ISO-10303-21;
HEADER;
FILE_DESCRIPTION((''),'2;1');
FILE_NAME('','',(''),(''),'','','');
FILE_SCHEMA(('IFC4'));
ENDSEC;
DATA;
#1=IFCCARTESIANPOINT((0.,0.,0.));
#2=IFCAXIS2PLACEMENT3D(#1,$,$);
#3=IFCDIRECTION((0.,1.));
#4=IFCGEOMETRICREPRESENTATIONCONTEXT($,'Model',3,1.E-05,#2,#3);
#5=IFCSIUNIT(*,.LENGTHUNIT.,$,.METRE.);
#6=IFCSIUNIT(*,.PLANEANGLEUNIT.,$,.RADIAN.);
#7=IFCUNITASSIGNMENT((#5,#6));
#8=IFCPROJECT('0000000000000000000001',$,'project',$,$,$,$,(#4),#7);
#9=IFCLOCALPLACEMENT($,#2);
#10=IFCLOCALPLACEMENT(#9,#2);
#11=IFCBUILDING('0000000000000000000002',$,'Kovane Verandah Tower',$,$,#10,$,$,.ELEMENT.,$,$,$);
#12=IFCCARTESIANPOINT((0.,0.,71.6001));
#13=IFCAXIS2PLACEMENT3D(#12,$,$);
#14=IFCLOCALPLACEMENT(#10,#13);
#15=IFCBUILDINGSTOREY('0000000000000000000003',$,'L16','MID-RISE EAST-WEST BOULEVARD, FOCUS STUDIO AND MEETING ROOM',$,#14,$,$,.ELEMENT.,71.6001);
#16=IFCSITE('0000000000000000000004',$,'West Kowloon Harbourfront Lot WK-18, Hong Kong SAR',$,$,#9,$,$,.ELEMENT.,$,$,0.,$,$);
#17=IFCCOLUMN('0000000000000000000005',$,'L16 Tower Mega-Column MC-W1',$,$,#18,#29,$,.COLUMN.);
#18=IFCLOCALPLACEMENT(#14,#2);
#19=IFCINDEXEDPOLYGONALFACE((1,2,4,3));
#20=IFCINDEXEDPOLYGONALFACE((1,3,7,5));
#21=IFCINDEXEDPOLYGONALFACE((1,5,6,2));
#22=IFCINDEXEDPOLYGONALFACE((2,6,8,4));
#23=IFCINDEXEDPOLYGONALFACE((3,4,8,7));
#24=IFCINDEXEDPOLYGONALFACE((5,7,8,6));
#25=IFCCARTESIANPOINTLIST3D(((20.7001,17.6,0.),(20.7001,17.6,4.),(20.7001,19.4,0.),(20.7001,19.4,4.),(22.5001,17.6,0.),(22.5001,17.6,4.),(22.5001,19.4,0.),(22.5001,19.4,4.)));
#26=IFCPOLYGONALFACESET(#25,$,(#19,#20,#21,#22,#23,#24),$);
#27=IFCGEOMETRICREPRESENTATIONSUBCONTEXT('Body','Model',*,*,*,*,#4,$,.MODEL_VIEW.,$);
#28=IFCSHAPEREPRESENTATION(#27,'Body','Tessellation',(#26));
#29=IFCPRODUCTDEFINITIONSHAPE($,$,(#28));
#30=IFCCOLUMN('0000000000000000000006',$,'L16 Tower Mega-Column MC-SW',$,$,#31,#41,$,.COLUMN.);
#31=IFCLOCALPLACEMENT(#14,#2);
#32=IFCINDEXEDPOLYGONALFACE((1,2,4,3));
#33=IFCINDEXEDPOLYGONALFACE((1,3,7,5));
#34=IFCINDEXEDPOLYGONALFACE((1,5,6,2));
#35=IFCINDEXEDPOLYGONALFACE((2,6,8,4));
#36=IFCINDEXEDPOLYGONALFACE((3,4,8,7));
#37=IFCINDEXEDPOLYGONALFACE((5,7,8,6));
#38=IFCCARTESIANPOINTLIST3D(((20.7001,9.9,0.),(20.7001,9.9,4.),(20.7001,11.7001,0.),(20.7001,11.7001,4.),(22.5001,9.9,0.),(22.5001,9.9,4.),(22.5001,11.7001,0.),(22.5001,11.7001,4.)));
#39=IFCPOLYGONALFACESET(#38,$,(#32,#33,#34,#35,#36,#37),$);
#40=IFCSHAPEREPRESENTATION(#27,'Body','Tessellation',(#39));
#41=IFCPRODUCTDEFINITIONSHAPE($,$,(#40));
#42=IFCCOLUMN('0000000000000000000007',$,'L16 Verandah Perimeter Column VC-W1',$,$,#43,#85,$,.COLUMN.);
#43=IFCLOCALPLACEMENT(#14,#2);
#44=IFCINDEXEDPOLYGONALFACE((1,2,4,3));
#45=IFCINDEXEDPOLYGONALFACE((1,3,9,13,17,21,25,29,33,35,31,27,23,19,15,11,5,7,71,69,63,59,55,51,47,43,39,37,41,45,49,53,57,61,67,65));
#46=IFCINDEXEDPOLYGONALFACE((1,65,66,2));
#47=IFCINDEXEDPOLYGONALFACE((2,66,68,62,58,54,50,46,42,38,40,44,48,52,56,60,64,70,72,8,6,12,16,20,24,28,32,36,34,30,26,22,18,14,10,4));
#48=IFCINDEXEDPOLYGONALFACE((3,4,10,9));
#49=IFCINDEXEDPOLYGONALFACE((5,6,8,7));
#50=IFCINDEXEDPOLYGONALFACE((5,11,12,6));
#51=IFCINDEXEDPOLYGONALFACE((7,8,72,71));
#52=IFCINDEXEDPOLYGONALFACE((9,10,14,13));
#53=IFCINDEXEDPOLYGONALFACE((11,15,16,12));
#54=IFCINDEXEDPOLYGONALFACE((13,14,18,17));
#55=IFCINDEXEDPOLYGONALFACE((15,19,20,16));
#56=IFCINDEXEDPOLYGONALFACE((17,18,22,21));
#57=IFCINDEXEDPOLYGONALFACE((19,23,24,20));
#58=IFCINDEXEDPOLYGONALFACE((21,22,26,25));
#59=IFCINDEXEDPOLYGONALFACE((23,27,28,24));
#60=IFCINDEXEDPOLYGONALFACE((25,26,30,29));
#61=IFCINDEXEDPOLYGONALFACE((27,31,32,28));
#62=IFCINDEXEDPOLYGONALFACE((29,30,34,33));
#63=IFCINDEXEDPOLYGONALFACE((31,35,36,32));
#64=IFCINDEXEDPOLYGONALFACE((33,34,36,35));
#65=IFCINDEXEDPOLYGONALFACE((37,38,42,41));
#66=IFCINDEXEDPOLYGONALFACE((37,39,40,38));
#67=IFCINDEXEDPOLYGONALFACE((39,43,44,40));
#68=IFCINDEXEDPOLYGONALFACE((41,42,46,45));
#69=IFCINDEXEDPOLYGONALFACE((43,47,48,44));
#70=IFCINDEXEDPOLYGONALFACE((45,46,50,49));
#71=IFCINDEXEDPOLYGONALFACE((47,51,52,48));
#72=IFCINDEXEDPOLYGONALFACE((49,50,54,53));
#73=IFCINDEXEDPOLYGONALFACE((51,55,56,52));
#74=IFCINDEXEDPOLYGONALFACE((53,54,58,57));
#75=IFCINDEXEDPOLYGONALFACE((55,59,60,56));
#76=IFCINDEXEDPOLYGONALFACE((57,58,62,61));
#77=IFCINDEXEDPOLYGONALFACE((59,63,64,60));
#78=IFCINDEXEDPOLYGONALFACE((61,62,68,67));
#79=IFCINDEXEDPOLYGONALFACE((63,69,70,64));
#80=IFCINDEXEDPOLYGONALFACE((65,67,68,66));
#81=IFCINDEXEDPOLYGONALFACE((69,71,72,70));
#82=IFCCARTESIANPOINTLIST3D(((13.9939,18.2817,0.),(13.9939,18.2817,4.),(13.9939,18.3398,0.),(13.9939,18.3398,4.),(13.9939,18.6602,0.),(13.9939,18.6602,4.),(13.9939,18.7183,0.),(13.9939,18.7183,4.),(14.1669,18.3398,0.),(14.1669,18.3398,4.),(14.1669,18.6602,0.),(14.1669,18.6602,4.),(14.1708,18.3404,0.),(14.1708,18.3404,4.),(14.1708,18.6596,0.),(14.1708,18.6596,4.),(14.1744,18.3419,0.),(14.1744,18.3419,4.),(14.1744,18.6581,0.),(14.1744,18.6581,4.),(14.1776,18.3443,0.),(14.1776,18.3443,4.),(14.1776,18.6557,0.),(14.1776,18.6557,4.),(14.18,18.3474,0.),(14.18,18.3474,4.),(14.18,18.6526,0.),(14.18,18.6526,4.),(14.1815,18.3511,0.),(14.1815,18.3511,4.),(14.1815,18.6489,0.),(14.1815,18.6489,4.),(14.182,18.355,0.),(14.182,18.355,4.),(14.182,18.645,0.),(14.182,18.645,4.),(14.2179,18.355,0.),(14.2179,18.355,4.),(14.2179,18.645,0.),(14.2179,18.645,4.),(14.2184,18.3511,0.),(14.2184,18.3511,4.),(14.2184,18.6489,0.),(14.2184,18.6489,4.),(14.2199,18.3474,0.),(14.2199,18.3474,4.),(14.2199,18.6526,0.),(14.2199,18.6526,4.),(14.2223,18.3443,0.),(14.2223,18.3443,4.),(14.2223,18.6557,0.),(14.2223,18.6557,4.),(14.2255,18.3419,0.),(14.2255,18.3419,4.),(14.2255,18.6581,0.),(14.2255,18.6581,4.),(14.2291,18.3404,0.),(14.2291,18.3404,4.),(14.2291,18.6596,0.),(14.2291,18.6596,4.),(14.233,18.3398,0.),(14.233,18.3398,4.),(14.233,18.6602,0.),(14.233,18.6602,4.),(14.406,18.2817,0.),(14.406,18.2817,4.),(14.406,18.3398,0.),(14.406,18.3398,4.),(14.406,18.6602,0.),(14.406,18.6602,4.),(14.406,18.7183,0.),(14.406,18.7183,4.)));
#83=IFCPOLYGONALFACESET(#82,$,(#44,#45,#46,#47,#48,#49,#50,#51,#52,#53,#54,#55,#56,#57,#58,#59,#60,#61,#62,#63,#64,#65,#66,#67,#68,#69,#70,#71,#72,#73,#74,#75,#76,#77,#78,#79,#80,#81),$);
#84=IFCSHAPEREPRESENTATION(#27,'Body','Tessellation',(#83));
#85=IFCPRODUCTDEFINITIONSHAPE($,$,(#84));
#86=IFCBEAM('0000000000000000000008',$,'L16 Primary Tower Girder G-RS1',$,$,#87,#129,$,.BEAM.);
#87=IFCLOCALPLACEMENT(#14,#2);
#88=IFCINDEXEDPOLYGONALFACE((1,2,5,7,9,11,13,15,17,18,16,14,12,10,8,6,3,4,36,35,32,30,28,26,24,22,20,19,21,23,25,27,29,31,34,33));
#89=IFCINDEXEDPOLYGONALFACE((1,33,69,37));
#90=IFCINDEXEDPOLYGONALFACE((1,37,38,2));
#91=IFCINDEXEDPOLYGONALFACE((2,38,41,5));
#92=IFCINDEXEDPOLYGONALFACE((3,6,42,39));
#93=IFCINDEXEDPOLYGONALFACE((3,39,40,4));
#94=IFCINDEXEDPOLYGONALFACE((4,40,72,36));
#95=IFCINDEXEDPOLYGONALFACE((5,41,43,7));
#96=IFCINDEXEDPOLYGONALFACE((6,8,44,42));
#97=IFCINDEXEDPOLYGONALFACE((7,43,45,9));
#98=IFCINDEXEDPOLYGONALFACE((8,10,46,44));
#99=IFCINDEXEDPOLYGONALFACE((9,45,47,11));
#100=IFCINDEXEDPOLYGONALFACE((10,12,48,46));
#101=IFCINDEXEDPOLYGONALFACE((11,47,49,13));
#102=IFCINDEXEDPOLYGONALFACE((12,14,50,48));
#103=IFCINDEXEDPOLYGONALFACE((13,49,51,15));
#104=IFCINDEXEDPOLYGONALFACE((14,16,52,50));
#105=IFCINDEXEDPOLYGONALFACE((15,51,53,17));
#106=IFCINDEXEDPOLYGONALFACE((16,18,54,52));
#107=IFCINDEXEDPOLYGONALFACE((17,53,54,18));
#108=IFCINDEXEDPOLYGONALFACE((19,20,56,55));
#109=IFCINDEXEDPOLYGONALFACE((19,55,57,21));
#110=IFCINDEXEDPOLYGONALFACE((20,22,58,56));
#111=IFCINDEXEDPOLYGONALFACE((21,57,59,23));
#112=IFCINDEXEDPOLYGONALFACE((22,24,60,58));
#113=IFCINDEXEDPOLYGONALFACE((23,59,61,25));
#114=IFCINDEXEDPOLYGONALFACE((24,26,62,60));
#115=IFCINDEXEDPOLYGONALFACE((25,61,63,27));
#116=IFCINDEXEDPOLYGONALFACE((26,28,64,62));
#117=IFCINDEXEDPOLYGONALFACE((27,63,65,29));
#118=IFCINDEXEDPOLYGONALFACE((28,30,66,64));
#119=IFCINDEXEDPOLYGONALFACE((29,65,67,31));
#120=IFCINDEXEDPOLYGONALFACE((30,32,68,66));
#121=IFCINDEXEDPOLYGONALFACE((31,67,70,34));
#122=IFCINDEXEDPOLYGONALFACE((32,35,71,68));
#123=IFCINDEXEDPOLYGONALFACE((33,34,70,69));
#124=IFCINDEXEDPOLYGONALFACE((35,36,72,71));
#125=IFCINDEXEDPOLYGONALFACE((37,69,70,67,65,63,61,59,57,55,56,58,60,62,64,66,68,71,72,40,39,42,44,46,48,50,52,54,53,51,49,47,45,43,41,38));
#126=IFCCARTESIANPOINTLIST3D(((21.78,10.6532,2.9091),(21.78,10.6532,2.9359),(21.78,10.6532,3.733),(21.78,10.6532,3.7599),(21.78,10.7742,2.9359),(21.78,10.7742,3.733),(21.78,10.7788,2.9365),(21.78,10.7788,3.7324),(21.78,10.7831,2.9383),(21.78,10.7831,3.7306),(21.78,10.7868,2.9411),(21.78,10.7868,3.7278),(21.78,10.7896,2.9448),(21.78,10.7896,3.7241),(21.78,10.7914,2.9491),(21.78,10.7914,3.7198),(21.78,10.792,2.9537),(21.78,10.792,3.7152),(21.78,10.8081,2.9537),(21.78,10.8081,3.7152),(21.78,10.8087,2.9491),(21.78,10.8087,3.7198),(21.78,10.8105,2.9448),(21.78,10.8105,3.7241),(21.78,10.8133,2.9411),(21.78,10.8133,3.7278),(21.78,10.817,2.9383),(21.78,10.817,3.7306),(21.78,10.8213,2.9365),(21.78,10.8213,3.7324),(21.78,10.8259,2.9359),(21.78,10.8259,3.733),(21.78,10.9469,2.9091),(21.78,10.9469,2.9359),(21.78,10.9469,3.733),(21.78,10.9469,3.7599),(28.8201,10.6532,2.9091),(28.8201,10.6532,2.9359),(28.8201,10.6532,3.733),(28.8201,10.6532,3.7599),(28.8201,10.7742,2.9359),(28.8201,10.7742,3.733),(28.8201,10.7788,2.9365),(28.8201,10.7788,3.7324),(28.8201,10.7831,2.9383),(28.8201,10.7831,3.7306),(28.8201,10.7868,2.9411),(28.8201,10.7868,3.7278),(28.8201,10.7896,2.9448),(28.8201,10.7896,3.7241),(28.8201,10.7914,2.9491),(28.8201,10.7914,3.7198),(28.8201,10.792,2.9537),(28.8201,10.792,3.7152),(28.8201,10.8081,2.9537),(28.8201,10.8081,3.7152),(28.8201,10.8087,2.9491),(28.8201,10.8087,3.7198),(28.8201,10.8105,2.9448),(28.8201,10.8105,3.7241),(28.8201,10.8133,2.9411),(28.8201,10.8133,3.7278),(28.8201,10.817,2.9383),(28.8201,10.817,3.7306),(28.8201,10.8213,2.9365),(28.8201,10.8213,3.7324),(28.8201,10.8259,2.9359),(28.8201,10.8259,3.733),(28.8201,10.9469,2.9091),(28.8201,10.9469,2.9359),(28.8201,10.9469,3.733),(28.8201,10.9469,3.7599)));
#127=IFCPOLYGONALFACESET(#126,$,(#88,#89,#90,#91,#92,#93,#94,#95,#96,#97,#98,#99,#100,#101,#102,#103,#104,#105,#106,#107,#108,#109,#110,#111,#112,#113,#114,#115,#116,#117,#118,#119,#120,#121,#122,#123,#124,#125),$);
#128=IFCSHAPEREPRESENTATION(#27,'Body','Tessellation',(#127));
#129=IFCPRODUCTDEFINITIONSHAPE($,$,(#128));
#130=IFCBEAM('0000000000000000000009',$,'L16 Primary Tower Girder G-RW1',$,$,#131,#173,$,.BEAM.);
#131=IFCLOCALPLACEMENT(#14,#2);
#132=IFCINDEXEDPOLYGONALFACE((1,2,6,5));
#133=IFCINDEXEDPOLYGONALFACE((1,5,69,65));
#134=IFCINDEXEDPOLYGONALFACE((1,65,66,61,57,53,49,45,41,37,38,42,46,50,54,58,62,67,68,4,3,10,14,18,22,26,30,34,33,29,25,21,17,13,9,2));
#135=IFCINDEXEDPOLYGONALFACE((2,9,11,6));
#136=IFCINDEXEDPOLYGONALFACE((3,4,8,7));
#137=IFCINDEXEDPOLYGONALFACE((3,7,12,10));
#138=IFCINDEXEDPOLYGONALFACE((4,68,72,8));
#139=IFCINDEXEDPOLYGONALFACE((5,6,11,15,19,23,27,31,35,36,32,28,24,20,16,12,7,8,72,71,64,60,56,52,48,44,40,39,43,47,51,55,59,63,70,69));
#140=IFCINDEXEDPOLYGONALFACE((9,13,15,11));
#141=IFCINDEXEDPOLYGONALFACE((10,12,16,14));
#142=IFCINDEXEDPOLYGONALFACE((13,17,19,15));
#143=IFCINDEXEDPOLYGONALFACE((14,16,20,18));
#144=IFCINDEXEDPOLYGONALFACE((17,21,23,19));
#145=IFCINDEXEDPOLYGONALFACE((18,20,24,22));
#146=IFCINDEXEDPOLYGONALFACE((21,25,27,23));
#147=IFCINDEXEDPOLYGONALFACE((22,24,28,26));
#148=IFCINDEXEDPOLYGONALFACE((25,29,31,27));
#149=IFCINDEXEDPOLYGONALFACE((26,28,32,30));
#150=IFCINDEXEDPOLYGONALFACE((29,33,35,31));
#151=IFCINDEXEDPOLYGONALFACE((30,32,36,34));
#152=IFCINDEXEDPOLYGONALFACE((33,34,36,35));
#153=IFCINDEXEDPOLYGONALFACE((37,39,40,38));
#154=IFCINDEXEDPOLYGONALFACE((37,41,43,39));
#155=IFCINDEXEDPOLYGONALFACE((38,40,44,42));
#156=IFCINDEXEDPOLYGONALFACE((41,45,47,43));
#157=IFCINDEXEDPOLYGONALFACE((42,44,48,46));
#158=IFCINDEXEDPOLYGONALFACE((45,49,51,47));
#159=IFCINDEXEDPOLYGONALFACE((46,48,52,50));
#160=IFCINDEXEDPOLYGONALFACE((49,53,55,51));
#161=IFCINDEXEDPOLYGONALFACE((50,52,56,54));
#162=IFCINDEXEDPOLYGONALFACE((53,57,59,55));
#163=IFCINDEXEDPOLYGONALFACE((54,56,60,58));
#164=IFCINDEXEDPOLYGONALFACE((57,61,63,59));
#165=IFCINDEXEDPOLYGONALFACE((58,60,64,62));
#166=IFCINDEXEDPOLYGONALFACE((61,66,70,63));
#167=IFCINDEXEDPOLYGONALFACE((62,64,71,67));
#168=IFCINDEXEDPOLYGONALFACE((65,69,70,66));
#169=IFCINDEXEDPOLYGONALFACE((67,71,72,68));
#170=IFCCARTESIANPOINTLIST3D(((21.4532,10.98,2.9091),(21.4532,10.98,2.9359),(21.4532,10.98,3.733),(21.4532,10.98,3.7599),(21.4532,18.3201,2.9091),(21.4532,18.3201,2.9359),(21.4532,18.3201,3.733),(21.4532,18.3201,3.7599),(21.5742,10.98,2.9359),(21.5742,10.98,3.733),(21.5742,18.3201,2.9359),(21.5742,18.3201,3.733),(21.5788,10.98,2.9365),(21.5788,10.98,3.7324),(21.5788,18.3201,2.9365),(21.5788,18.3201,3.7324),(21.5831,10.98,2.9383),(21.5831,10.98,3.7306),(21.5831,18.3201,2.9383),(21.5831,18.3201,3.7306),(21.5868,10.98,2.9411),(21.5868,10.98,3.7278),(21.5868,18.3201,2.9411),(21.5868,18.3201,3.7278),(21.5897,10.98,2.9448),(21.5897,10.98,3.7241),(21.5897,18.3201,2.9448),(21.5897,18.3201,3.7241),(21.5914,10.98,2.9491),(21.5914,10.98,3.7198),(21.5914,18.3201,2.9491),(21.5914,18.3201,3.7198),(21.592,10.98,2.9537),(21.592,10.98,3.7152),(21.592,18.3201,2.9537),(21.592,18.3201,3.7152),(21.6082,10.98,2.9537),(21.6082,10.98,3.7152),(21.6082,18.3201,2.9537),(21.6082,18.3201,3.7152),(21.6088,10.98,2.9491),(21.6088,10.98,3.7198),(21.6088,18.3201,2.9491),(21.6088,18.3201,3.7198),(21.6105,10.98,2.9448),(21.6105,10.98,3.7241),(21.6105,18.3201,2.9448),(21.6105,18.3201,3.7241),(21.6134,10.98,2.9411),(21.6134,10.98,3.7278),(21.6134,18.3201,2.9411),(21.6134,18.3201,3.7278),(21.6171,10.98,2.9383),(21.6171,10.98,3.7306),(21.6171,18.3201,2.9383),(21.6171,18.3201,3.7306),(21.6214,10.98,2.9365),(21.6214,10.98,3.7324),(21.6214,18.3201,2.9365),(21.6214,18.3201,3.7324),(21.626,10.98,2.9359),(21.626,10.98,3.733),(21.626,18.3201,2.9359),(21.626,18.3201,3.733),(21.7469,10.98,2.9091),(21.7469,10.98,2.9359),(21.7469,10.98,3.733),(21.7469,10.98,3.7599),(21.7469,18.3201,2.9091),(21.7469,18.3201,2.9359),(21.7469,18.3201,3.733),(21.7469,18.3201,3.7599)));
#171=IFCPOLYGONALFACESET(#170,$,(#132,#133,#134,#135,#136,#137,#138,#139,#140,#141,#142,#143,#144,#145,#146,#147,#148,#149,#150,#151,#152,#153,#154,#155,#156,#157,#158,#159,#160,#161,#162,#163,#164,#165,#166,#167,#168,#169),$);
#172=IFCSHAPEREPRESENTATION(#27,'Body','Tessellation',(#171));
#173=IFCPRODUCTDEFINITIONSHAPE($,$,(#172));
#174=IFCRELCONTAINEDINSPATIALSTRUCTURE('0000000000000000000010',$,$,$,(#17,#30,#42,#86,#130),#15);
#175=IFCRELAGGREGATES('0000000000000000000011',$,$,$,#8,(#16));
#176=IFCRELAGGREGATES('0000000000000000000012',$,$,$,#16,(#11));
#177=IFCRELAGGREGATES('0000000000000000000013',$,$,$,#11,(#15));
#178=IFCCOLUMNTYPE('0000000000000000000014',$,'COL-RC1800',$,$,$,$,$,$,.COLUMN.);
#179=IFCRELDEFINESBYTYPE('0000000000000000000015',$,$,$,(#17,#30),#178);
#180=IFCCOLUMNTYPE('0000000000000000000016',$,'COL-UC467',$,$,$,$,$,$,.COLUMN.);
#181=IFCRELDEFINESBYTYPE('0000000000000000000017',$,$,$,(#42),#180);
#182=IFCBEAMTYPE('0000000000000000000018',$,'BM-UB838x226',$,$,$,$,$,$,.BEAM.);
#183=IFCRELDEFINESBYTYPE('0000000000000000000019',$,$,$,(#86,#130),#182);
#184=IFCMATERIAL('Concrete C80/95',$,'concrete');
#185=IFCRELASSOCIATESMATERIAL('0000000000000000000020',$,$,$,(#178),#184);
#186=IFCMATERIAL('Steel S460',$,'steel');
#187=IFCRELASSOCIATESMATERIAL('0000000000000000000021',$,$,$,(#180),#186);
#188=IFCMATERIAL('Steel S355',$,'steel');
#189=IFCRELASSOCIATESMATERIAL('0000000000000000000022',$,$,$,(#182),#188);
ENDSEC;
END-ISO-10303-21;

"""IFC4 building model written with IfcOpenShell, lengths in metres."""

from ifc_helpers import new_model, si_unit, direction, frame, origin, origin_2d, place, context, subcontext, project, spatial, rectangle, i_section, extrude, material, material_profile, profile_set, type_object, element, save


model = new_model("IFC4")

# Units and contexts
model_context = context("Model", 3, precision=1e-05, world=origin(), true_north=direction((0.0, 1.0)))
body_context = subcontext(model_context, "Body", "Model", "MODEL_VIEW")
ifc_project = project(units=[si_unit("LENGTHUNIT", "METRE"), si_unit("PLANEANGLEUNIT", "RADIAN")], contexts=[model_context])

# Site, building, storey
site_placement = place(None, origin())
site = spatial("IfcSite", under=ifc_project, at=site_placement, Name="West Kowloon Harbourfront Lot WK-18, Hong Kong SAR", CompositionType="ELEMENT", RefElevation=0.0)
building_placement = place(site_placement, origin())
building = spatial("IfcBuilding", under=site, at=building_placement, Name="Kovane Verandah Tower", CompositionType="ELEMENT")
storey_placement = place(building_placement, frame((0.0, 0.0, 71.6001)))
storey = spatial("IfcBuildingStorey", under=building, at=storey_placement, Name="L16", Description="MID-RISE EAST-WEST BOULEVARD, FOCUS STUDIO AND MEETING ROOM", CompositionType="ELEMENT", Elevation=71.6001)

# Columns
ifc_material_1 = material(Name="Concrete C80/95", Category="concrete")
ifc_material_profile_1 = material_profile(ifc_material_1, rectangle(XDim=1.8, YDim=1.8, at=origin_2d()), Name="RC1800x1800")
ifc_profile_set_1 = profile_set([ifc_material_profile_1], Name="Concrete C80/95")
column_type_1 = type_object("IfcColumnType", Name="COL-RC1800", PredefinedType="COLUMN", material=ifc_profile_set_1)
for number, where, z_axis, x_axis, name in (
    (1, (21.6001, 18.5, 0.0), (0.0, 0.0, 1.0), (1.0, 0.0, 0.0), "L16 Tower Mega-Column MC-W1"),
    (2, (21.6001, 10.8, 0.0), (0.0, 0.0, 1.0), (1.0, 0.0, 0.0), "L16 Tower Mega-Column MC-SW"),
):
    element("IfcColumn", number, at=place(storey_placement, frame(where, z_axis=z_axis, x_axis=x_axis)), inside=storey, type_object=column_type_1, Name=name, PredefinedType="COLUMN", context=body_context, shape_type="SweptSolid", body=[
        extrude(rectangle(XDim=1.8, YDim=1.8, at=origin_2d()), origin(), (0.0, 0.0, 1.0), 4.0),
    ])
ifc_material_2 = material(Name="Steel S460", Category="steel")
ifc_material_profile_2 = material_profile(ifc_material_2, i_section(OverallWidth=0.4121, OverallDepth=0.4365, WebThickness=0.0359, FlangeThickness=0.0581, FilletRadius=0.0151, at=origin_2d()), Name="UC356x406x467")
ifc_profile_set_2 = profile_set([ifc_material_profile_2], Name="Steel S460")
column_type_2 = type_object("IfcColumnType", Name="COL-UC467", PredefinedType="COLUMN", material=ifc_profile_set_2)
column_placement = place(storey_placement, frame((14.2, 18.5, 0.0), z_axis=(0.0, 0.0, 1.0), x_axis=(1.0, 0.0, 0.0)))
element("IfcColumn", 3, at=column_placement, inside=storey, type_object=column_type_2, Name="L16 Verandah Perimeter Column VC-W1", PredefinedType="COLUMN", context=body_context, shape_type="SweptSolid", body=[
    extrude(i_section(OverallWidth=0.4121, OverallDepth=0.4365, WebThickness=0.0359, FlangeThickness=0.0581, FilletRadius=0.0151, at=origin_2d()), origin(), (0.0, 0.0, 1.0), 4.0),
])

# Beams
ifc_material_3 = material(Name="Steel S355", Category="steel")
ifc_material_profile_3 = material_profile(ifc_material_3, i_section(OverallWidth=0.2937, OverallDepth=0.8508, WebThickness=0.0161, FlangeThickness=0.0269, FilletRadius=0.0178, at=origin_2d()), Name="UB838x292x226")
ifc_profile_set_3 = profile_set([ifc_material_profile_3], Name="Steel S355")
beam_type_1 = type_object("IfcBeamType", Name="BM-UB838x226", PredefinedType="BEAM", material=ifc_profile_set_3)
beam_1_placement = place(storey_placement, frame((21.78, 10.8, 3.3345), z_axis=(1.0, 0.0, 0.0), x_axis=(0.0, 1.0, 0.0)))
element("IfcBeam", 4, at=beam_1_placement, inside=storey, type_object=beam_type_1, Name="L16 Primary Tower Girder G-RS1", PredefinedType="BEAM", context=body_context, shape_type="SweptSolid", body=[
    extrude(i_section(OverallWidth=0.2937, OverallDepth=0.8508, WebThickness=0.0161, FlangeThickness=0.0269, FilletRadius=0.0178, at=origin_2d()), origin(), (0.0, 0.0, 1.0), 7.04),
])
beam_2_placement = place(storey_placement, frame((21.6001, 10.98, 3.3345), z_axis=(0.0, 1.0, 0.0), x_axis=(-1.0, 0.0, 0.0)))
element("IfcBeam", 5, at=beam_2_placement, inside=storey, type_object=beam_type_1, Name="L16 Primary Tower Girder G-RW1", PredefinedType="BEAM", context=body_context, shape_type="SweptSolid", body=[
    extrude(i_section(OverallWidth=0.2937, OverallDepth=0.8508, WebThickness=0.0161, FlangeThickness=0.0269, FilletRadius=0.0178, at=origin_2d()), origin(), (0.0, 0.0, 1.0), 7.3401),
])

save(model, "model.ifc")
